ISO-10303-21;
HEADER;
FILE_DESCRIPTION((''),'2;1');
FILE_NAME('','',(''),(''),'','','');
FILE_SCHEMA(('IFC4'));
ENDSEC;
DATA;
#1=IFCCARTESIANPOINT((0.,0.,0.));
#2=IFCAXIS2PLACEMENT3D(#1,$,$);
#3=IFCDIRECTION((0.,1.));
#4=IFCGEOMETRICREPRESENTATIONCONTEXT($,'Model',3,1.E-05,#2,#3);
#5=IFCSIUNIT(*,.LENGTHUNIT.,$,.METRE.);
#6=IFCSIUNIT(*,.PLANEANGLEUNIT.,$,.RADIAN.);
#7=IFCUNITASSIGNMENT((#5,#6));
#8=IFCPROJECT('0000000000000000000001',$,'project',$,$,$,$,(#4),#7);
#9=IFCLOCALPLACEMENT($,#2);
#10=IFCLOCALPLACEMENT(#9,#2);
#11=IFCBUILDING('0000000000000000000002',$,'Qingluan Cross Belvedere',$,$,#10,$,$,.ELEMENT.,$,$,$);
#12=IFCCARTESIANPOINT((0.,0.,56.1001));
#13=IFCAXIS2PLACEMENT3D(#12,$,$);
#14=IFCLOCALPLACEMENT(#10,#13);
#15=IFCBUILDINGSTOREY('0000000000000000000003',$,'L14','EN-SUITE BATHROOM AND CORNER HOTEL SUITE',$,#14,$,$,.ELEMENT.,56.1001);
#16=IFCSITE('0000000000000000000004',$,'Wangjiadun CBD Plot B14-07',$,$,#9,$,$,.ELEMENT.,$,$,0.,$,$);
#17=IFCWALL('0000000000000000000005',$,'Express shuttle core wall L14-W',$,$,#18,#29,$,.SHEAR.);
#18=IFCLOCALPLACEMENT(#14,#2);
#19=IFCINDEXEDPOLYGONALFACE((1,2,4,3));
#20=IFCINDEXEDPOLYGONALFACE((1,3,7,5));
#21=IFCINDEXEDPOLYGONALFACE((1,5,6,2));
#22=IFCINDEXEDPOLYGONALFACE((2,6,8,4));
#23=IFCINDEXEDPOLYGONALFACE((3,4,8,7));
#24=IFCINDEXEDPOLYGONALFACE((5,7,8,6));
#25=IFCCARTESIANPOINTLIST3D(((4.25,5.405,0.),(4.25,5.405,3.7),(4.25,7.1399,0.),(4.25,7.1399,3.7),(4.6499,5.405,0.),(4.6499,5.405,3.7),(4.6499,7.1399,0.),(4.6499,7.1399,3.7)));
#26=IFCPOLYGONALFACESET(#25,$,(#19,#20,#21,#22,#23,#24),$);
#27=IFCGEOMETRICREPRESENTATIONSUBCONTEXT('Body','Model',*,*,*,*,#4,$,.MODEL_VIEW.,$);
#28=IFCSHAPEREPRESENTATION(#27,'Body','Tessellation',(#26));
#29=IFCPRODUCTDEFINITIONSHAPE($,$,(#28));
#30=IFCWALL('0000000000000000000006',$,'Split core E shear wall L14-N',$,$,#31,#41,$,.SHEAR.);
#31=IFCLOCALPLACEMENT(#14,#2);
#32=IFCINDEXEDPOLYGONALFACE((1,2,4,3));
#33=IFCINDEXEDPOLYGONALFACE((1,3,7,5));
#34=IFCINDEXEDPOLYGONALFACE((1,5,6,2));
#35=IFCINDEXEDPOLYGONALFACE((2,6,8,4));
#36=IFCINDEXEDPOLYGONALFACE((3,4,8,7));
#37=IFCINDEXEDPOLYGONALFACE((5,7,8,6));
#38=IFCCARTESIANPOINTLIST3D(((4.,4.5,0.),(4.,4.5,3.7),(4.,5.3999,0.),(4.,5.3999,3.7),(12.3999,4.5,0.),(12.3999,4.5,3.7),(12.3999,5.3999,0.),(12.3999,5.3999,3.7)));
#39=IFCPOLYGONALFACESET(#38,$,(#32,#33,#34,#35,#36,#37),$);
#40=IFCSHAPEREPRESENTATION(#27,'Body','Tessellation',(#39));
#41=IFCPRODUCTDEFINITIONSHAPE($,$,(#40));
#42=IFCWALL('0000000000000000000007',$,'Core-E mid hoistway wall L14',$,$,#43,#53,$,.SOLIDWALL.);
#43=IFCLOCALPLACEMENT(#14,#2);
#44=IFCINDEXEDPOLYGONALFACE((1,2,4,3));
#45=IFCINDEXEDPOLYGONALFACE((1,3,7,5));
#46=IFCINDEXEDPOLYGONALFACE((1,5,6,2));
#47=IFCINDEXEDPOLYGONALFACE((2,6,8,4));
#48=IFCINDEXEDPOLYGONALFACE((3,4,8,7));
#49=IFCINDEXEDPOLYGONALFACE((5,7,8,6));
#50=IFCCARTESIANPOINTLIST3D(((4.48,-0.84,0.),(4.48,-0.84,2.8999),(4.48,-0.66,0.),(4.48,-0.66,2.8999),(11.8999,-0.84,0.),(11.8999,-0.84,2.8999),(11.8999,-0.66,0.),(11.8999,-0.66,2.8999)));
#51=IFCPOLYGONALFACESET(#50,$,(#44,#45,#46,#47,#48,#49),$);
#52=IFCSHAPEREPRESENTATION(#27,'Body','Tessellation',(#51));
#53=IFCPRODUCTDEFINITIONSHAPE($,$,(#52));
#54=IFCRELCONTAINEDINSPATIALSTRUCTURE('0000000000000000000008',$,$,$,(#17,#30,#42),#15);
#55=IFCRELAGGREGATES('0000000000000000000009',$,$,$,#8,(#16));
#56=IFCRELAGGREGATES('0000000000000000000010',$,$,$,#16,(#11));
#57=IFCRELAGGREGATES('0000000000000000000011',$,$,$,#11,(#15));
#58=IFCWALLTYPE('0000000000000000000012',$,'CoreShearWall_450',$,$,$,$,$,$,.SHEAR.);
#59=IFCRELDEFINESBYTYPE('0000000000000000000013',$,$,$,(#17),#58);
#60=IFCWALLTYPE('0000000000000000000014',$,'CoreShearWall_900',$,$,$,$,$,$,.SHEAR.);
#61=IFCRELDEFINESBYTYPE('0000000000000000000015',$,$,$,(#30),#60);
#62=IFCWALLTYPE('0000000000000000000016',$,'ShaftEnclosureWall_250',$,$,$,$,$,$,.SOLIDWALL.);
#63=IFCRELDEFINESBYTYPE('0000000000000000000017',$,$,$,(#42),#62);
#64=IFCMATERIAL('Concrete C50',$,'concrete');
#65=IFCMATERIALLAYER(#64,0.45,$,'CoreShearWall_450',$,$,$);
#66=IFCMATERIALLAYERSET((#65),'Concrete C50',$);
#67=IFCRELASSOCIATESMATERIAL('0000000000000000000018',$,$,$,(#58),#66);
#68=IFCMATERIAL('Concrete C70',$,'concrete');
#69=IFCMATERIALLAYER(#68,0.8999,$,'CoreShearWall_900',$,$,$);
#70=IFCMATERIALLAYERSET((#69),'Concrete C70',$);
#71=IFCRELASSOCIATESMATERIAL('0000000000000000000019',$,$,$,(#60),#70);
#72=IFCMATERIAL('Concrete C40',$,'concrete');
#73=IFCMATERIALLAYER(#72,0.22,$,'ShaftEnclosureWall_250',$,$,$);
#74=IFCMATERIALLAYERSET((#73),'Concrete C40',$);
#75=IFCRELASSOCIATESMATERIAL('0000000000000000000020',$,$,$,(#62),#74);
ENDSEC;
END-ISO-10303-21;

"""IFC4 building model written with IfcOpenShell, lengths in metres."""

from ifc_helpers import new_model, si_unit, direction, frame, frame_2d, origin, place, context, subcontext, project, spatial, rectangle, extrude, material, layer, layer_set, type_object, element, save


model = new_model("IFC4")

# Units and contexts
model_context = context("Model", 3, precision=1e-05, world=origin(), true_north=direction((0.0, 1.0)))
body_context = subcontext(model_context, "Body", "Model", "MODEL_VIEW")
ifc_project = project(units=[si_unit("LENGTHUNIT", "METRE"), si_unit("PLANEANGLEUNIT", "RADIAN")], contexts=[model_context])

# Site, building, storey
site_placement = place(None, origin())
site = spatial("IfcSite", under=ifc_project, at=site_placement, Name="Wangjiadun CBD Plot B14-07", CompositionType="ELEMENT", RefElevation=0.0)
building_placement = place(site_placement, origin())
building = spatial("IfcBuilding", under=site, at=building_placement, Name="Qingluan Cross Belvedere", CompositionType="ELEMENT")
storey_placement = place(building_placement, frame((0.0, 0.0, 56.1001)))
storey = spatial("IfcBuildingStorey", under=building, at=storey_placement, Name="L14", Description="EN-SUITE BATHROOM AND CORNER HOTEL SUITE", CompositionType="ELEMENT", Elevation=56.1001)

# Walls
ifc_material_1 = material(Name="Concrete C50", Category="concrete")
ifc_layer_1 = layer(ifc_material_1, 0.45, Name="CoreShearWall_450")
ifc_layer_set_1 = layer_set([ifc_layer_1], Name="Concrete C50")
wall_type_1 = type_object("IfcWallType", Name="CoreShearWall_450", PredefinedType="SHEAR", material=ifc_layer_set_1)
wall_1_placement = place(storey_placement, frame((4.45, 5.405, 0.0), z_axis=(0.0, 0.0, 1.0), x_axis=(0.0, 1.0, 0.0)))
element("IfcWall", 1, at=wall_1_placement, inside=storey, type_object=wall_type_1, Name="Express shuttle core wall L14-W", PredefinedType="SHEAR", context=body_context, shape_type="SweptSolid", body=[
    extrude(rectangle(XDim=1.7349, YDim=0.3999, at=frame_2d((0.8674, 0.0))), origin(), (0.0, 0.0, 1.0), 3.7),
])
ifc_material_2 = material(Name="Concrete C70", Category="concrete")
ifc_layer_2 = layer(ifc_material_2, 0.8999, Name="CoreShearWall_900")
ifc_layer_set_2 = layer_set([ifc_layer_2], Name="Concrete C70")
wall_type_2 = type_object("IfcWallType", Name="CoreShearWall_900", PredefinedType="SHEAR", material=ifc_layer_set_2)
wall_2_placement = place(storey_placement, frame((4.0, 4.95, 0.0), z_axis=(0.0, 0.0, 1.0), x_axis=(1.0, 0.0, 0.0)))
element("IfcWall", 2, at=wall_2_placement, inside=storey, type_object=wall_type_2, Name="Split core E shear wall L14-N", PredefinedType="SHEAR", context=body_context, shape_type="SweptSolid", body=[
    extrude(rectangle(XDim=8.3999, YDim=0.8999, at=frame_2d((4.2, 0.0))), origin(), (0.0, 0.0, 1.0), 3.7),
])

# Shared definitions
ifc_material_3 = material(Name="Concrete C40", Category="concrete")
ifc_layer_3 = layer(ifc_material_3, 0.22, Name="ShaftEnclosureWall_250")
ifc_layer_set_3 = layer_set([ifc_layer_3], Name="Concrete C40")
wall_type_3 = type_object("IfcWallType", Name="ShaftEnclosureWall_250", PredefinedType="SOLIDWALL", material=ifc_layer_set_3)

# Wall
wall_3_placement = place(storey_placement, frame((4.48, -0.75, 0.0), z_axis=(0.0, 0.0, 1.0), x_axis=(1.0, 0.0, 0.0)))
element("IfcWall", 3, at=wall_3_placement, inside=storey, type_object=wall_type_3, Name="Core-E mid hoistway wall L14", PredefinedType="SOLIDWALL", context=body_context, shape_type="SweptSolid", body=[
    extrude(rectangle(XDim=7.4199, YDim=0.1799, at=frame_2d((3.71, 0.0))), origin(), (0.0, 0.0, 1.0), 2.8999),
])

save(model, "model.ifc")
